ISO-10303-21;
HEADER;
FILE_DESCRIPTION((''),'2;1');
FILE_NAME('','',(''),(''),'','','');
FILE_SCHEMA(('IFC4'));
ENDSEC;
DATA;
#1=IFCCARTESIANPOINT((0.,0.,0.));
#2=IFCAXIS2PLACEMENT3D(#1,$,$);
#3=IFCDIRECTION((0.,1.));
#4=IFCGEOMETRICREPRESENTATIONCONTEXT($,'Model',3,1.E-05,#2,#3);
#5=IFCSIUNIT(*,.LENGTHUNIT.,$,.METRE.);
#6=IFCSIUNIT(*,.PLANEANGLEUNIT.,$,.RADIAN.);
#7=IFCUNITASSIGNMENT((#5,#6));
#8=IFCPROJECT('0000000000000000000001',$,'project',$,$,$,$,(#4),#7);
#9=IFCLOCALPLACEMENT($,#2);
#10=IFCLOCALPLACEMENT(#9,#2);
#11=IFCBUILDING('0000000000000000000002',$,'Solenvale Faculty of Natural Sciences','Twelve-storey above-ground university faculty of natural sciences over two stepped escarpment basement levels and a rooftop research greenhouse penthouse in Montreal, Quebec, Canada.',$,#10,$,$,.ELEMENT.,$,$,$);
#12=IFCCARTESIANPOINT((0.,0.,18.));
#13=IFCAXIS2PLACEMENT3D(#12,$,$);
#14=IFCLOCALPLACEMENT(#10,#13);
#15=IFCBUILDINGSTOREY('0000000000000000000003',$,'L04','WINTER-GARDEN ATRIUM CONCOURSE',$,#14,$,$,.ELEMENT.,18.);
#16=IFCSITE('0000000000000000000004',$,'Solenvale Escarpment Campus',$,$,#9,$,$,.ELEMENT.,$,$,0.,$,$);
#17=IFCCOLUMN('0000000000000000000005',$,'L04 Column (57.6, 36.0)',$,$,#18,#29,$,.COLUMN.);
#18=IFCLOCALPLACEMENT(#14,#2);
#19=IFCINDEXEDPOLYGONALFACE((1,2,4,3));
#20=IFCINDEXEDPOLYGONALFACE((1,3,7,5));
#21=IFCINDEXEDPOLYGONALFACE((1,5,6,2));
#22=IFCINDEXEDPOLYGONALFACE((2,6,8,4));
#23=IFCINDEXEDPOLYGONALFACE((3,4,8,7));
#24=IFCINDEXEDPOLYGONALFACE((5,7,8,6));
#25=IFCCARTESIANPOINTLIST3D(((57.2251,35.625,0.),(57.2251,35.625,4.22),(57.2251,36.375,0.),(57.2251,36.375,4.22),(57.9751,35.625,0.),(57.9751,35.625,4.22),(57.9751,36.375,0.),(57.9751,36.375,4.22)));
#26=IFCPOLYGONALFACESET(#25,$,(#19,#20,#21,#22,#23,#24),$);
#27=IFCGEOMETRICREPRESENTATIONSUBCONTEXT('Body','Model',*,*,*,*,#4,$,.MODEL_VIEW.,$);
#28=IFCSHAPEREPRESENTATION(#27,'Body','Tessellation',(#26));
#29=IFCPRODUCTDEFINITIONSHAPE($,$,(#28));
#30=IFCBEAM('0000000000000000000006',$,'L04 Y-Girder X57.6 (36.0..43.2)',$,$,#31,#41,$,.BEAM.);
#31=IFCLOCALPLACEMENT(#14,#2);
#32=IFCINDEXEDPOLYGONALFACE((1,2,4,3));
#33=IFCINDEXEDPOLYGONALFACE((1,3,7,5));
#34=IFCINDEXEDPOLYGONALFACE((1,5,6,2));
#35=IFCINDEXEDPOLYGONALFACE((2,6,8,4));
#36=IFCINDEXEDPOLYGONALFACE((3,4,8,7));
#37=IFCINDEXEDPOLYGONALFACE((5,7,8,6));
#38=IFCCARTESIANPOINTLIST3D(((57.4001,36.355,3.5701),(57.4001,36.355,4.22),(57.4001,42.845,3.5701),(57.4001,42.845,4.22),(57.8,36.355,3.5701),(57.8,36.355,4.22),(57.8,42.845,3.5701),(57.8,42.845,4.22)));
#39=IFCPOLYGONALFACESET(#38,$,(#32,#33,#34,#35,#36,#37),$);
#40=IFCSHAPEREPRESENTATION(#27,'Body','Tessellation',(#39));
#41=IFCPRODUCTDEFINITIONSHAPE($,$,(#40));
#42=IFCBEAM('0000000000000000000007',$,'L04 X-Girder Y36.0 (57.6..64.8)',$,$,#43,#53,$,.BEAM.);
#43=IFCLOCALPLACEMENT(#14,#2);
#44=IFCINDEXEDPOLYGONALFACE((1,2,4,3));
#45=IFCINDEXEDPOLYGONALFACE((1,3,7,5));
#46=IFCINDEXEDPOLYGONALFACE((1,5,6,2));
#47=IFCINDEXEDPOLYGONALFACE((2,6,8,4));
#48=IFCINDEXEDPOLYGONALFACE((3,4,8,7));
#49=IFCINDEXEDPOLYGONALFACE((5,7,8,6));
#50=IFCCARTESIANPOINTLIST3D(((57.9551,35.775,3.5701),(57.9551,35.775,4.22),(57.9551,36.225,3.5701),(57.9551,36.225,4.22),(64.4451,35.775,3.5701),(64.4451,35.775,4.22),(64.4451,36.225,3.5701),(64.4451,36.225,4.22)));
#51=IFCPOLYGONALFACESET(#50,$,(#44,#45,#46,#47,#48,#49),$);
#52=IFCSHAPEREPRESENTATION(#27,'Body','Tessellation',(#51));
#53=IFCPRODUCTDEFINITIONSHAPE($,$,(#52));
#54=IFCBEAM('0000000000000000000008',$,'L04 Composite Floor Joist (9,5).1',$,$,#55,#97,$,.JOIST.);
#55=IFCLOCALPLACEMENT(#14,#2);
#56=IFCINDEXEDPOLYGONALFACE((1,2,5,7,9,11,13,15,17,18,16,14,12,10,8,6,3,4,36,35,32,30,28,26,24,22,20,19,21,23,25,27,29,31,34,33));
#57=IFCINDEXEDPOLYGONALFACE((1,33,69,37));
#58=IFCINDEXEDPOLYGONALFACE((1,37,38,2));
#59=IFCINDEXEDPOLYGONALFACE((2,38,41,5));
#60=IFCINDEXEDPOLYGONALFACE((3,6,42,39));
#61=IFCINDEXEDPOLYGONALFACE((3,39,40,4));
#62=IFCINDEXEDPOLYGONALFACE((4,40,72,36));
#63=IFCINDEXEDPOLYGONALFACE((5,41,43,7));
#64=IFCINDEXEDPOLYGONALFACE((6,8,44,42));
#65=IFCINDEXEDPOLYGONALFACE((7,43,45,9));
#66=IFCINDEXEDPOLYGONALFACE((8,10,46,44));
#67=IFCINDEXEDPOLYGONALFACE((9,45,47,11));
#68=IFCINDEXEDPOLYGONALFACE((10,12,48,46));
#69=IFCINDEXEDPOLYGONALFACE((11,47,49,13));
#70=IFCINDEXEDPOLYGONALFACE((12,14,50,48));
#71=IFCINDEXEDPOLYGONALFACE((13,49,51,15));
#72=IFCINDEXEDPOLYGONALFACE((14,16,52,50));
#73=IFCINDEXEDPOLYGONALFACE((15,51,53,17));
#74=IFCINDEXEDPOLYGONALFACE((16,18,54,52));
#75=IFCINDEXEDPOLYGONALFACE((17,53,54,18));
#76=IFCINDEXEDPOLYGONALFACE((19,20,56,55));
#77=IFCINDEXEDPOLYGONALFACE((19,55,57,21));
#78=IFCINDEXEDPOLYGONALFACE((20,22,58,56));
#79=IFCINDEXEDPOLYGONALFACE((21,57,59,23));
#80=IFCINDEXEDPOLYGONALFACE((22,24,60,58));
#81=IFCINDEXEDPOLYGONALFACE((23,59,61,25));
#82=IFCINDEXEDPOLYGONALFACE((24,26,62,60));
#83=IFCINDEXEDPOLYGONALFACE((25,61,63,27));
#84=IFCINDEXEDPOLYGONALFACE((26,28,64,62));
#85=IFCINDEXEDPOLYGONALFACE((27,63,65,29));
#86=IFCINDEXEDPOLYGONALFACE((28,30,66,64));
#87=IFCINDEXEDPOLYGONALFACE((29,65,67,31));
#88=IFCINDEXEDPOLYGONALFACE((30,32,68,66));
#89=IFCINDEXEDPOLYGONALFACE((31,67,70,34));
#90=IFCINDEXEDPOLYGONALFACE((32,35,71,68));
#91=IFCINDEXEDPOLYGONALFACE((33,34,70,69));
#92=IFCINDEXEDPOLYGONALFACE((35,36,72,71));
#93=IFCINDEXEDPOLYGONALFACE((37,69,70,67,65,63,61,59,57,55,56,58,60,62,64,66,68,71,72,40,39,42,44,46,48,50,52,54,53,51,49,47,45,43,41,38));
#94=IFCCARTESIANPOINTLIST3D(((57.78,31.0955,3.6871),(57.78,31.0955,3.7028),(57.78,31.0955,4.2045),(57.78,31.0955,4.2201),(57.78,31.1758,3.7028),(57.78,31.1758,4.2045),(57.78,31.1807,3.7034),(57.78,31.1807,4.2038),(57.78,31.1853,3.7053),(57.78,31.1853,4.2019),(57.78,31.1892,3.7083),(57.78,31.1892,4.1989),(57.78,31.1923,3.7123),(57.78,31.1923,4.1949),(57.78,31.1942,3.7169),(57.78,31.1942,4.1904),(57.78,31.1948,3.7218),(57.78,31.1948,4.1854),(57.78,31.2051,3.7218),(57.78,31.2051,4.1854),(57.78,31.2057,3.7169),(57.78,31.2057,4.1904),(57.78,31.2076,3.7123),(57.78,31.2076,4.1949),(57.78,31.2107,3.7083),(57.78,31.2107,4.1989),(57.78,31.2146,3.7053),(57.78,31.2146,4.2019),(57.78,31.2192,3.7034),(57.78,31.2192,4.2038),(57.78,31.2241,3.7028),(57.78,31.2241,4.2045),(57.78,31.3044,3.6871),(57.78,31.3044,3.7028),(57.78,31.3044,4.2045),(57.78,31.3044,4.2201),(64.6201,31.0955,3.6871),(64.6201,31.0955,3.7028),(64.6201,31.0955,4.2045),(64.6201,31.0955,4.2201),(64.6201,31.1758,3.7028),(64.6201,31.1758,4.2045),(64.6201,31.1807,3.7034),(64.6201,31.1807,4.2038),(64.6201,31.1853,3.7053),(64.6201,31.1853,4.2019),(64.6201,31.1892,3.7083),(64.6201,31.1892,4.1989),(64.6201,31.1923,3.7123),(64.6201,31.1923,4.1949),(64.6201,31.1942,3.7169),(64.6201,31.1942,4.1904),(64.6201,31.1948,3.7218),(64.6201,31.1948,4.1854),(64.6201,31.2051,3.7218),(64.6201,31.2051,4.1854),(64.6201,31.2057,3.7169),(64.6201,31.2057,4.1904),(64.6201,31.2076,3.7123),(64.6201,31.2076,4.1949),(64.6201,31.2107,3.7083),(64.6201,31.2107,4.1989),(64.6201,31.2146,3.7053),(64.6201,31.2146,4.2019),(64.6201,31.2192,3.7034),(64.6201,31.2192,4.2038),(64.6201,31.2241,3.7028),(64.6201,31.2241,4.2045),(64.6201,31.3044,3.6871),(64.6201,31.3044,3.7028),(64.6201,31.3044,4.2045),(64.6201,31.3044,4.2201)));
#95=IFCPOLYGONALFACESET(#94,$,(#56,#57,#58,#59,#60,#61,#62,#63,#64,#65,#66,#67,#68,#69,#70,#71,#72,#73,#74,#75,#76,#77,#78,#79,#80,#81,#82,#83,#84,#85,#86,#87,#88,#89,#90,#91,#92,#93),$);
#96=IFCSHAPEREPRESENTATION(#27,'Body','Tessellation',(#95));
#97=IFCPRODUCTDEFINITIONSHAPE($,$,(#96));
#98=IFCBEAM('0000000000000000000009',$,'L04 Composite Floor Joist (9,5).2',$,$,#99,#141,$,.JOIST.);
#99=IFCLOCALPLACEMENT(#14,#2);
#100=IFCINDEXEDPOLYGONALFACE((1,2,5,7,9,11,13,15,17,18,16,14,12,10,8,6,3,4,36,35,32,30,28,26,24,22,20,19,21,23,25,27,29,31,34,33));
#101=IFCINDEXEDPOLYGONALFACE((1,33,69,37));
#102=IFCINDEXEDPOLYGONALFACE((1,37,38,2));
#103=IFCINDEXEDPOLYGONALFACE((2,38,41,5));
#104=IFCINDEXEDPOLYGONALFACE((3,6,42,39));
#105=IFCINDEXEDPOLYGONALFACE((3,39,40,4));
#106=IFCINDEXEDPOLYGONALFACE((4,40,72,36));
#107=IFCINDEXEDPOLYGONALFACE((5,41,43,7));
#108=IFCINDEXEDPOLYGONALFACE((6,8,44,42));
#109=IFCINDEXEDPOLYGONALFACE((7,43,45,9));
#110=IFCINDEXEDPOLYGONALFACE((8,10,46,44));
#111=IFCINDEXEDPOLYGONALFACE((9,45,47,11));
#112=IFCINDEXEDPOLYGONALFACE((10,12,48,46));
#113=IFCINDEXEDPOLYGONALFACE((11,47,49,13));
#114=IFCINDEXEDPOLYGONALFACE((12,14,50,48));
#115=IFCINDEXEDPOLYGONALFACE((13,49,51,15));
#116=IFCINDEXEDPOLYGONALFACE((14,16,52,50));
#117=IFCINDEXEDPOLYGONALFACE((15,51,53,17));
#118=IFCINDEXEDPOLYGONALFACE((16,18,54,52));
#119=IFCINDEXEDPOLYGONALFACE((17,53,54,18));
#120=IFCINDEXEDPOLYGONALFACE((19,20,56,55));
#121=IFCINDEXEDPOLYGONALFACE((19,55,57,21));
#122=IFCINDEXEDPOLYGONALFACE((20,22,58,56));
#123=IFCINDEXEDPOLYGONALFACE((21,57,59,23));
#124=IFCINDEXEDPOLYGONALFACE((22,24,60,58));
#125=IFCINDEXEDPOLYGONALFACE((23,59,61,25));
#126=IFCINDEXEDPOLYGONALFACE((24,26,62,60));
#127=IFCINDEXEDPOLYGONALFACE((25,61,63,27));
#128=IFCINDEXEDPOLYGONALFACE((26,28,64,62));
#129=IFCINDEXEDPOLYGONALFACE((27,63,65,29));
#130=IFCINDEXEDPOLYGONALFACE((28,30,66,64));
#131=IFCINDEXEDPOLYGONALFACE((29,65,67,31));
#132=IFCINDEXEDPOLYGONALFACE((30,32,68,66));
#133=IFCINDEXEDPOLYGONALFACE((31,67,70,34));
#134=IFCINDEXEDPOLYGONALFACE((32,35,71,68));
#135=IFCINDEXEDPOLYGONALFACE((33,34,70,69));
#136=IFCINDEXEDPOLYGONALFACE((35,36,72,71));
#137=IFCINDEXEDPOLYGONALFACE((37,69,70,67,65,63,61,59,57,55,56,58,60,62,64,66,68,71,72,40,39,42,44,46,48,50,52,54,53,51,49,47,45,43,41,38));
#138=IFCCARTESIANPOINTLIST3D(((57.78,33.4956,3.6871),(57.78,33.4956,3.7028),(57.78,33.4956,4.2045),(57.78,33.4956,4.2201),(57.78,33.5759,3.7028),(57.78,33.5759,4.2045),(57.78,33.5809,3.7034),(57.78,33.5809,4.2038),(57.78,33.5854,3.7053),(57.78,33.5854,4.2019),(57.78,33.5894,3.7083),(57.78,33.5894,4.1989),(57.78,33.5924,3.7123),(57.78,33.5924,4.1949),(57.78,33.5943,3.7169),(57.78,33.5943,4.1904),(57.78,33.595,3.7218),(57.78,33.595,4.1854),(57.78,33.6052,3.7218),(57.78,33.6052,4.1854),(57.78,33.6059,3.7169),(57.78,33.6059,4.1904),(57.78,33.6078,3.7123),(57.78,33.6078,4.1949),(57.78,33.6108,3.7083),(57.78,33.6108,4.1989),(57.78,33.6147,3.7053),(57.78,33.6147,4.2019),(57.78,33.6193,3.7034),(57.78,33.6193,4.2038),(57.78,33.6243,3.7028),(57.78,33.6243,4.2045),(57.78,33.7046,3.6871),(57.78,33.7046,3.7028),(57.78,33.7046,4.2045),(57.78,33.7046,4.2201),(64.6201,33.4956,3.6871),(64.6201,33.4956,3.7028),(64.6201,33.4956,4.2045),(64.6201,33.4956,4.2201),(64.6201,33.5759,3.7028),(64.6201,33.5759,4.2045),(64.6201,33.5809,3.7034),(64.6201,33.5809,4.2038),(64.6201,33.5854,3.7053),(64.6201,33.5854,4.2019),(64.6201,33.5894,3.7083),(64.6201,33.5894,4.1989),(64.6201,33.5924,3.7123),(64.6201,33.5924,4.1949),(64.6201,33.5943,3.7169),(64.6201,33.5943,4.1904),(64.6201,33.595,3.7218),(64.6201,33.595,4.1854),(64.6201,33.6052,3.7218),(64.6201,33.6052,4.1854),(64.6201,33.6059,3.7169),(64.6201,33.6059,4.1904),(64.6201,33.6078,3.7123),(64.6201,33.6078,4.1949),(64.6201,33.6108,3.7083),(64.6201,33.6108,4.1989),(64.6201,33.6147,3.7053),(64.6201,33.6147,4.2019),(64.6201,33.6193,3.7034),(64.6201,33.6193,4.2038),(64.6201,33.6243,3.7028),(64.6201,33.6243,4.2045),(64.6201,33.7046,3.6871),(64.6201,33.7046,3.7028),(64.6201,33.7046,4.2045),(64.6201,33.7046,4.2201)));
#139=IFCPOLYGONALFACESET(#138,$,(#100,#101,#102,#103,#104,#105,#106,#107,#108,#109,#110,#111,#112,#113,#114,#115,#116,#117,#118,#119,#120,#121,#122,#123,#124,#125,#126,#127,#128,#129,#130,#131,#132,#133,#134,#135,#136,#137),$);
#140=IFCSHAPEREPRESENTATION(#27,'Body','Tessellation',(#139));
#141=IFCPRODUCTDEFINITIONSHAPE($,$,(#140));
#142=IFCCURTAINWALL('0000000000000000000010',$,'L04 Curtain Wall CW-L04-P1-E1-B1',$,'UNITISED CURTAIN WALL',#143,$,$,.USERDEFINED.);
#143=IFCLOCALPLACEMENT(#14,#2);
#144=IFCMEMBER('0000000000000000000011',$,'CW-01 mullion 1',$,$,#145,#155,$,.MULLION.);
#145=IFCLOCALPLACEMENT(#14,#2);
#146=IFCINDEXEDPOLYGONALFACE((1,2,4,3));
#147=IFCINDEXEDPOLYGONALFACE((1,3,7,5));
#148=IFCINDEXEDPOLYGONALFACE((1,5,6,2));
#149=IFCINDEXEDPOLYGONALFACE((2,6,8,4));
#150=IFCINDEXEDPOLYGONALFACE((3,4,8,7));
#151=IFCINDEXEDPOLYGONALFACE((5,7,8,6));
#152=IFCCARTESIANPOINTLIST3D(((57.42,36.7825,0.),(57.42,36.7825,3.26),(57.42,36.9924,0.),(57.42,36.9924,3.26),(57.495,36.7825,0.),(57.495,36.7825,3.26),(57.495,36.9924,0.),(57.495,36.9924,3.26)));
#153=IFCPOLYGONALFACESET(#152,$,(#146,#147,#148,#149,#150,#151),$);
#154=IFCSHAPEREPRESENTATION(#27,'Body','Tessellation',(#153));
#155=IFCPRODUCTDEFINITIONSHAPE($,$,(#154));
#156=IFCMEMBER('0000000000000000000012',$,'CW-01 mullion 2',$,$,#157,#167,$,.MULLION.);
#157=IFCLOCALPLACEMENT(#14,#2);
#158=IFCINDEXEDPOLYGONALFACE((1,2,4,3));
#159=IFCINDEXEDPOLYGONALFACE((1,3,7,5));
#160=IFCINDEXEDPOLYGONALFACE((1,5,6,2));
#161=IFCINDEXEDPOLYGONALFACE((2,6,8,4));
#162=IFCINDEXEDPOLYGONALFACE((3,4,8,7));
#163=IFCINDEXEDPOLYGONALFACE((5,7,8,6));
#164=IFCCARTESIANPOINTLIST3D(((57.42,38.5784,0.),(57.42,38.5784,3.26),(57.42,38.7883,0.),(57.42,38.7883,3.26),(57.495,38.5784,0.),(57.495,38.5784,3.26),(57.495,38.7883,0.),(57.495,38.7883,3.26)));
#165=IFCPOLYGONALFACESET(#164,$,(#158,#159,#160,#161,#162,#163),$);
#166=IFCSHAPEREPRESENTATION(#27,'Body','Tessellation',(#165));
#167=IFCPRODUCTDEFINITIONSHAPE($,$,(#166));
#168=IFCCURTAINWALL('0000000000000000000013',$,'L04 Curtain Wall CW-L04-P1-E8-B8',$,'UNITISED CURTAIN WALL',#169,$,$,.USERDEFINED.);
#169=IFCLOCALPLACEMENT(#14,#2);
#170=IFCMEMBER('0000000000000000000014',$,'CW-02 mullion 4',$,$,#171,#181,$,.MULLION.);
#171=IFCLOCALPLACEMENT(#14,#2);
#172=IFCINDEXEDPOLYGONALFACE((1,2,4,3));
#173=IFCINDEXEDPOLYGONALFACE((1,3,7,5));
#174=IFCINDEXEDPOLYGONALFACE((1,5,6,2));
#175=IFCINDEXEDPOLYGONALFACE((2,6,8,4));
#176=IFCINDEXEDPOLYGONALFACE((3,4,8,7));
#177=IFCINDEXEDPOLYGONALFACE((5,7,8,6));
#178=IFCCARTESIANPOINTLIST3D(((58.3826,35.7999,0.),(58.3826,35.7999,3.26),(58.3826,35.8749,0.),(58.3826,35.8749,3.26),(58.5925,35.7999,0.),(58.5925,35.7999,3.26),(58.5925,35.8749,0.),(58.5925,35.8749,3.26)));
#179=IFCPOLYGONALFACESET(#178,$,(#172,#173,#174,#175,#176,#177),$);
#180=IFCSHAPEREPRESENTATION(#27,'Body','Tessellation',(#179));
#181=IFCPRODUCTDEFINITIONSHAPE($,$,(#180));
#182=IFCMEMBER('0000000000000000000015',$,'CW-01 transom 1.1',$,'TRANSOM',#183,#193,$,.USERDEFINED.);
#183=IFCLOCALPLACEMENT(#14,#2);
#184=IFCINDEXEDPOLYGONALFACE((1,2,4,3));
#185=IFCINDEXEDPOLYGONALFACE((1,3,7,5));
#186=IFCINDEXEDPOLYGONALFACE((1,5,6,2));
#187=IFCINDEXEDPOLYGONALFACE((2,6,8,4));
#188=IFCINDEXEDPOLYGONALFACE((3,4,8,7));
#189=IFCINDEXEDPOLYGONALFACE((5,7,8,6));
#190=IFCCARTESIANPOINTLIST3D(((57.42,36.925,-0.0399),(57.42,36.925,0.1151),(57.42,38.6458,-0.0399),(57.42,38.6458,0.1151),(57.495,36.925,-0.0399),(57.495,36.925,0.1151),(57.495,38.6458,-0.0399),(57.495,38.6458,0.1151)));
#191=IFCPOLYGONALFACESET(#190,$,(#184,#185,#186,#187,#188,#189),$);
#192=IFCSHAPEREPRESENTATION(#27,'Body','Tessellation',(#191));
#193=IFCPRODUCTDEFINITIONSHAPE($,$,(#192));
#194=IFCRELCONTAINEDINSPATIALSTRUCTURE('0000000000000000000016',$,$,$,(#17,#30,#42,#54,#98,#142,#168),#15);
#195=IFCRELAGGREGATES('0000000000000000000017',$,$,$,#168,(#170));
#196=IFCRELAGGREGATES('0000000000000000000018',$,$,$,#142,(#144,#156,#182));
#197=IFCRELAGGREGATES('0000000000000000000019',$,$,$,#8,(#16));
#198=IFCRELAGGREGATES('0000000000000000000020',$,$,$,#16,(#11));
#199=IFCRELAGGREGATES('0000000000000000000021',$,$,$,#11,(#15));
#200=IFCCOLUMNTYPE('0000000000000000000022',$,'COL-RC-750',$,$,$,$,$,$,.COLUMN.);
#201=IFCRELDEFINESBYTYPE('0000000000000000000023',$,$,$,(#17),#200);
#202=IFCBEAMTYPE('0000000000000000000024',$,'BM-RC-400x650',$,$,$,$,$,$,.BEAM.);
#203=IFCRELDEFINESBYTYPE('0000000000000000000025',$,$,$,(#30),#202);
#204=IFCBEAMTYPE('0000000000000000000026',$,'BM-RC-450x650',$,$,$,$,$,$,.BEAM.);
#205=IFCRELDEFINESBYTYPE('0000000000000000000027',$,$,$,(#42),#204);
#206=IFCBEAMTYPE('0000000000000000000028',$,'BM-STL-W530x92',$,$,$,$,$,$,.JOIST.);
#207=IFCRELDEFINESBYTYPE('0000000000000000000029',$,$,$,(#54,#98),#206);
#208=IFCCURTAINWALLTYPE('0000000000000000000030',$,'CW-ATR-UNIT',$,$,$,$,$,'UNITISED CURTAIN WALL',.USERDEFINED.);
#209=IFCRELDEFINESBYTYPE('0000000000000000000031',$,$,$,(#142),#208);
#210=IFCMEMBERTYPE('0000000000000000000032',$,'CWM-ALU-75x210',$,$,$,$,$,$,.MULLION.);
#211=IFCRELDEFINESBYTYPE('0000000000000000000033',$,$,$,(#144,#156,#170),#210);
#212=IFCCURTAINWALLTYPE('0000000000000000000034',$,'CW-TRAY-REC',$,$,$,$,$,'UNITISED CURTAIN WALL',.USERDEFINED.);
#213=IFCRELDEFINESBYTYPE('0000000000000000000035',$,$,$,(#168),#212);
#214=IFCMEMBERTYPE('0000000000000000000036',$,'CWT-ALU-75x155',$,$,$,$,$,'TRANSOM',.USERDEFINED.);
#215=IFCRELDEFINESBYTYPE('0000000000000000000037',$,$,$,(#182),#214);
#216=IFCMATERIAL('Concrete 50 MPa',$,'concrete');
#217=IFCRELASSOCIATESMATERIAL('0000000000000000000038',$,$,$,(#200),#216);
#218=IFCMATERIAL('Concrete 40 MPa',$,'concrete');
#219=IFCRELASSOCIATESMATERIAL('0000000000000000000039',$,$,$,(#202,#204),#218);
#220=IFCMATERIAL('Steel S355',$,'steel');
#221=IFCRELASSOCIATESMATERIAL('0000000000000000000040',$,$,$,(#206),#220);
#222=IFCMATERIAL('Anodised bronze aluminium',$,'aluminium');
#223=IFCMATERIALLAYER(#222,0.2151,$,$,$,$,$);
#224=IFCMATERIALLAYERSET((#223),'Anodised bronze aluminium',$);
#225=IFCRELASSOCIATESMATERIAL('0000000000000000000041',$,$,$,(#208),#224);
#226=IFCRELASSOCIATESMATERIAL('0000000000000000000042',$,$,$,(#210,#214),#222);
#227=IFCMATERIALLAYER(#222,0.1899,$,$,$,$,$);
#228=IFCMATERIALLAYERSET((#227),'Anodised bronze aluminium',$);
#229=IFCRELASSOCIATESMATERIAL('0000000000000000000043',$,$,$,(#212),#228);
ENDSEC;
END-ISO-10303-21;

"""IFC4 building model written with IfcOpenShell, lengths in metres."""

from ifc_helpers import new_model, si_unit, direction, frame, origin, origin_2d, place, context, subcontext, project, spatial, rectangle, i_section, extrude, material, layer, layer_set, material_profile, profile_set, type_object, element, aggregate, save


model = new_model("IFC4")

# Units and contexts
model_context = context("Model", 3, precision=1e-05, world=origin(), true_north=direction((0.0, 1.0)))
body_context = subcontext(model_context, "Body", "Model", "MODEL_VIEW")
ifc_project = project(units=[si_unit("LENGTHUNIT", "METRE"), si_unit("PLANEANGLEUNIT", "RADIAN")], contexts=[model_context])

# Site, building, storey
site_placement = place(None, origin())
site = spatial("IfcSite", under=ifc_project, at=site_placement, Name="Solenvale Escarpment Campus", CompositionType="ELEMENT", RefElevation=0.0)
building_placement = place(site_placement, origin())
building = spatial("IfcBuilding", under=site, at=building_placement, Name="Solenvale Faculty of Natural Sciences", Description="Twelve-storey above-ground university faculty of natural sciences over two stepped escarpment basement levels and a rooftop research greenhouse penthouse in Montreal, Quebec, Canada.", CompositionType="ELEMENT")
storey_placement = place(building_placement, frame((0.0, 0.0, 18.0)))
storey = spatial("IfcBuildingStorey", under=building, at=storey_placement, Name="L04", Description="WINTER-GARDEN ATRIUM CONCOURSE", CompositionType="ELEMENT", Elevation=18.0)

# Column
ifc_material_1 = material(Name="Concrete 50 MPa", Category="concrete")
ifc_material_profile_1 = material_profile(ifc_material_1, rectangle(XDim=0.75, YDim=0.75, at=origin_2d()), Name="RC-COL-750x750")
ifc_profile_set_1 = profile_set([ifc_material_profile_1], Name="Concrete 50 MPa")
column_type = type_object("IfcColumnType", Name="COL-RC-750", PredefinedType="COLUMN", material=ifc_profile_set_1)
column_placement = place(storey_placement, frame((57.6001, 36.0, 0.0), z_axis=(0.0, 0.0, 1.0), x_axis=(1.0, 0.0, 0.0)))
element("IfcColumn", 1, at=column_placement, inside=storey, type_object=column_type, Name="L04 Column (57.6, 36.0)", PredefinedType="COLUMN", context=body_context, shape_type="SweptSolid", body=[
    extrude(rectangle(XDim=0.75, YDim=0.75, at=origin_2d()), origin(), (0.0, 0.0, 1.0), 4.22),
])

# Beams
ifc_material_2 = material(Name="Concrete 40 MPa", Category="concrete")
ifc_material_profile_2 = material_profile(ifc_material_2, rectangle(XDim=0.3999, YDim=0.6499, at=origin_2d()), Name="RC-BM-400x650")
ifc_profile_set_2 = profile_set([ifc_material_profile_2], Name="Concrete 40 MPa")
beam_type_1 = type_object("IfcBeamType", Name="BM-RC-400x650", PredefinedType="BEAM", material=ifc_profile_set_2)
beam_1_placement = place(storey_placement, frame((57.6001, 36.355, 3.895), z_axis=(0.0, 1.0, 0.0), x_axis=(-1.0, 0.0, 0.0)))
element("IfcBeam", 2, at=beam_1_placement, inside=storey, type_object=beam_type_1, Name="L04 Y-Girder X57.6 (36.0..43.2)", PredefinedType="BEAM", context=body_context, shape_type="SweptSolid", body=[
    extrude(rectangle(XDim=0.3999, YDim=0.6499, at=origin_2d()), origin(), (0.0, 0.0, 1.0), 6.49),
])
ifc_material_profile_3 = material_profile(ifc_material_2, rectangle(XDim=0.45, YDim=0.6499, at=origin_2d()), Name="RC-BM-450x650")
ifc_profile_set_3 = profile_set([ifc_material_profile_3], Name="Concrete 40 MPa")
beam_type_2 = type_object("IfcBeamType", Name="BM-RC-450x650", PredefinedType="BEAM", material=ifc_profile_set_3)
beam_2_placement = place(storey_placement, frame((57.9551, 36.0, 3.895), z_axis=(1.0, 0.0, 0.0), x_axis=(0.0, 1.0, 0.0)))
element("IfcBeam", 3, at=beam_2_placement, inside=storey, type_object=beam_type_2, Name="L04 X-Girder Y36.0 (57.6..64.8)", PredefinedType="BEAM", context=body_context, shape_type="SweptSolid", body=[
    extrude(rectangle(XDim=0.45, YDim=0.6499, at=origin_2d()), origin(), (0.0, 0.0, 1.0), 6.49),
])
ifc_material_3 = material(Name="Steel S355", Category="steel")
ifc_material_profile_4 = material_profile(ifc_material_3, i_section(OverallWidth=0.209, OverallDepth=0.533, WebThickness=0.0103, FlangeThickness=0.0156, FilletRadius=0.019, at=origin_2d()), Name="W530x92")
ifc_profile_set_4 = profile_set([ifc_material_profile_4], Name="Steel S355")
beam_type_3 = type_object("IfcBeamType", Name="BM-STL-W530x92", PredefinedType="JOIST", material=ifc_profile_set_4)
for number, where, z_axis, x_axis, name in (
    (4, (57.78, 31.2, 3.9536), (1.0, 0.0, 0.0), (0.0, 1.0, 0.0), "L04 Composite Floor Joist (9,5).1"),
    (5, (57.78, 33.6001, 3.9536), (1.0, 0.0, 0.0), (0.0, 1.0, 0.0), "L04 Composite Floor Joist (9,5).2"),
):
    element("IfcBeam", number, at=place(storey_placement, frame(where, z_axis=z_axis, x_axis=x_axis)), inside=storey, type_object=beam_type_3, Name=name, PredefinedType="JOIST", context=body_context, shape_type="SweptSolid", body=[
        extrude(i_section(OverallWidth=0.209, OverallDepth=0.533, WebThickness=0.0103, FlangeThickness=0.0156, FilletRadius=0.019, at=origin_2d()), origin(), (0.0, 0.0, 1.0), 6.8401),
    ])

# Curtain wall, members
ifc_material_4 = material(Name="Anodised bronze aluminium", Category="aluminium")
ifc_layer_1 = layer(ifc_material_4, 0.2151)
ifc_layer_set_1 = layer_set([ifc_layer_1], Name="Anodised bronze aluminium")
curtain_wall_type_1 = type_object("IfcCurtainWallType", Name="CW-ATR-UNIT", ElementType="UNITISED CURTAIN WALL", PredefinedType="USERDEFINED", material=ifc_layer_set_1)
curtain_wall_1_placement = place(storey_placement, origin())
curtain_wall_1 = element("IfcCurtainWall", 6, at=curtain_wall_1_placement, inside=storey, type_object=curtain_wall_type_1, Name="L04 Curtain Wall CW-L04-P1-E1-B1", ObjectType="UNITISED CURTAIN WALL", PredefinedType="USERDEFINED")
ifc_material_profile_5 = material_profile(ifc_material_4, rectangle(XDim=0.075, YDim=0.21, at=origin_2d()), Name="ALU-MUL-75x210")
ifc_profile_set_5 = profile_set([ifc_material_profile_5], Name="Anodised bronze aluminium")
member_type_1 = type_object("IfcMemberType", Name="CWM-ALU-75x210", PredefinedType="MULLION", material=ifc_profile_set_5)
member_1_placement = place(storey_placement, frame((57.4575, 36.8875, 0.0), z_axis=(0.0, 0.0, 1.0), x_axis=(-1.0, 0.0, 0.0)))
member_1 = element("IfcMember", 7, at=member_1_placement, type_object=member_type_1, Name="CW-01 mullion 1", PredefinedType="MULLION", context=body_context, shape_type="SweptSolid", body=[
    extrude(rectangle(XDim=0.075, YDim=0.21, at=origin_2d()), origin(), (0.0, 0.0, 1.0), 3.26),
])
member_2_placement = place(storey_placement, frame((57.4575, 38.6833, 0.0), z_axis=(0.0, 0.0, 1.0), x_axis=(-1.0, 0.0, 0.0)))
member_2 = element("IfcMember", 8, at=member_2_placement, type_object=member_type_1, Name="CW-01 mullion 2", PredefinedType="MULLION", context=body_context, shape_type="SweptSolid", body=[
    extrude(rectangle(XDim=0.075, YDim=0.21, at=origin_2d()), origin(), (0.0, 0.0, 1.0), 3.26),
])

# Curtain wall, member
ifc_layer_2 = layer(ifc_material_4, 0.1899)
ifc_layer_set_2 = layer_set([ifc_layer_2], Name="Anodised bronze aluminium")
curtain_wall_type_2 = type_object("IfcCurtainWallType", Name="CW-TRAY-REC", ElementType="UNITISED CURTAIN WALL", PredefinedType="USERDEFINED", material=ifc_layer_set_2)
curtain_wall_2_placement = place(storey_placement, origin())
curtain_wall_2 = element("IfcCurtainWall", 9, at=curtain_wall_2_placement, inside=storey, type_object=curtain_wall_type_2, Name="L04 Curtain Wall CW-L04-P1-E8-B8", ObjectType="UNITISED CURTAIN WALL", PredefinedType="USERDEFINED")
member_3_placement = place(storey_placement, frame((58.4875, 35.8374, 0.0), z_axis=(0.0, 0.0, 1.0), x_axis=(0.0, -1.0, 0.0)))
member_3 = element("IfcMember", 10, at=member_3_placement, type_object=member_type_1, Name="CW-02 mullion 4", PredefinedType="MULLION", context=body_context, shape_type="SweptSolid", body=[
    extrude(rectangle(XDim=0.075, YDim=0.21, at=origin_2d()), origin(), (0.0, 0.0, 1.0), 3.26),
])

# Member
ifc_material_profile_6 = material_profile(ifc_material_4, rectangle(XDim=0.075, YDim=0.155, at=origin_2d()), Name="ALU-TRN-75x155")
ifc_profile_set_6 = profile_set([ifc_material_profile_6], Name="Anodised bronze aluminium")
member_type_2 = type_object("IfcMemberType", Name="CWT-ALU-75x155", ElementType="TRANSOM", PredefinedType="USERDEFINED", material=ifc_profile_set_6)
member_4_placement = place(storey_placement, frame((57.4575, 36.925, 0.0376), z_axis=(0.0, 1.0, 0.0), x_axis=(-1.0, 0.0, 0.0)))
member_4 = element("IfcMember", 11, at=member_4_placement, type_object=member_type_2, Name="CW-01 transom 1.1", ObjectType="TRANSOM", PredefinedType="USERDEFINED", context=body_context, shape_type="SweptSolid", body=[
    extrude(rectangle(XDim=0.075, YDim=0.155, at=origin_2d()), origin(), (0.0, 0.0, 1.0), 1.7207),
])

aggregate(curtain_wall_2, [member_3])
aggregate(curtain_wall_1, [member_1, member_2, member_4])

save(model, "model.ifc")
